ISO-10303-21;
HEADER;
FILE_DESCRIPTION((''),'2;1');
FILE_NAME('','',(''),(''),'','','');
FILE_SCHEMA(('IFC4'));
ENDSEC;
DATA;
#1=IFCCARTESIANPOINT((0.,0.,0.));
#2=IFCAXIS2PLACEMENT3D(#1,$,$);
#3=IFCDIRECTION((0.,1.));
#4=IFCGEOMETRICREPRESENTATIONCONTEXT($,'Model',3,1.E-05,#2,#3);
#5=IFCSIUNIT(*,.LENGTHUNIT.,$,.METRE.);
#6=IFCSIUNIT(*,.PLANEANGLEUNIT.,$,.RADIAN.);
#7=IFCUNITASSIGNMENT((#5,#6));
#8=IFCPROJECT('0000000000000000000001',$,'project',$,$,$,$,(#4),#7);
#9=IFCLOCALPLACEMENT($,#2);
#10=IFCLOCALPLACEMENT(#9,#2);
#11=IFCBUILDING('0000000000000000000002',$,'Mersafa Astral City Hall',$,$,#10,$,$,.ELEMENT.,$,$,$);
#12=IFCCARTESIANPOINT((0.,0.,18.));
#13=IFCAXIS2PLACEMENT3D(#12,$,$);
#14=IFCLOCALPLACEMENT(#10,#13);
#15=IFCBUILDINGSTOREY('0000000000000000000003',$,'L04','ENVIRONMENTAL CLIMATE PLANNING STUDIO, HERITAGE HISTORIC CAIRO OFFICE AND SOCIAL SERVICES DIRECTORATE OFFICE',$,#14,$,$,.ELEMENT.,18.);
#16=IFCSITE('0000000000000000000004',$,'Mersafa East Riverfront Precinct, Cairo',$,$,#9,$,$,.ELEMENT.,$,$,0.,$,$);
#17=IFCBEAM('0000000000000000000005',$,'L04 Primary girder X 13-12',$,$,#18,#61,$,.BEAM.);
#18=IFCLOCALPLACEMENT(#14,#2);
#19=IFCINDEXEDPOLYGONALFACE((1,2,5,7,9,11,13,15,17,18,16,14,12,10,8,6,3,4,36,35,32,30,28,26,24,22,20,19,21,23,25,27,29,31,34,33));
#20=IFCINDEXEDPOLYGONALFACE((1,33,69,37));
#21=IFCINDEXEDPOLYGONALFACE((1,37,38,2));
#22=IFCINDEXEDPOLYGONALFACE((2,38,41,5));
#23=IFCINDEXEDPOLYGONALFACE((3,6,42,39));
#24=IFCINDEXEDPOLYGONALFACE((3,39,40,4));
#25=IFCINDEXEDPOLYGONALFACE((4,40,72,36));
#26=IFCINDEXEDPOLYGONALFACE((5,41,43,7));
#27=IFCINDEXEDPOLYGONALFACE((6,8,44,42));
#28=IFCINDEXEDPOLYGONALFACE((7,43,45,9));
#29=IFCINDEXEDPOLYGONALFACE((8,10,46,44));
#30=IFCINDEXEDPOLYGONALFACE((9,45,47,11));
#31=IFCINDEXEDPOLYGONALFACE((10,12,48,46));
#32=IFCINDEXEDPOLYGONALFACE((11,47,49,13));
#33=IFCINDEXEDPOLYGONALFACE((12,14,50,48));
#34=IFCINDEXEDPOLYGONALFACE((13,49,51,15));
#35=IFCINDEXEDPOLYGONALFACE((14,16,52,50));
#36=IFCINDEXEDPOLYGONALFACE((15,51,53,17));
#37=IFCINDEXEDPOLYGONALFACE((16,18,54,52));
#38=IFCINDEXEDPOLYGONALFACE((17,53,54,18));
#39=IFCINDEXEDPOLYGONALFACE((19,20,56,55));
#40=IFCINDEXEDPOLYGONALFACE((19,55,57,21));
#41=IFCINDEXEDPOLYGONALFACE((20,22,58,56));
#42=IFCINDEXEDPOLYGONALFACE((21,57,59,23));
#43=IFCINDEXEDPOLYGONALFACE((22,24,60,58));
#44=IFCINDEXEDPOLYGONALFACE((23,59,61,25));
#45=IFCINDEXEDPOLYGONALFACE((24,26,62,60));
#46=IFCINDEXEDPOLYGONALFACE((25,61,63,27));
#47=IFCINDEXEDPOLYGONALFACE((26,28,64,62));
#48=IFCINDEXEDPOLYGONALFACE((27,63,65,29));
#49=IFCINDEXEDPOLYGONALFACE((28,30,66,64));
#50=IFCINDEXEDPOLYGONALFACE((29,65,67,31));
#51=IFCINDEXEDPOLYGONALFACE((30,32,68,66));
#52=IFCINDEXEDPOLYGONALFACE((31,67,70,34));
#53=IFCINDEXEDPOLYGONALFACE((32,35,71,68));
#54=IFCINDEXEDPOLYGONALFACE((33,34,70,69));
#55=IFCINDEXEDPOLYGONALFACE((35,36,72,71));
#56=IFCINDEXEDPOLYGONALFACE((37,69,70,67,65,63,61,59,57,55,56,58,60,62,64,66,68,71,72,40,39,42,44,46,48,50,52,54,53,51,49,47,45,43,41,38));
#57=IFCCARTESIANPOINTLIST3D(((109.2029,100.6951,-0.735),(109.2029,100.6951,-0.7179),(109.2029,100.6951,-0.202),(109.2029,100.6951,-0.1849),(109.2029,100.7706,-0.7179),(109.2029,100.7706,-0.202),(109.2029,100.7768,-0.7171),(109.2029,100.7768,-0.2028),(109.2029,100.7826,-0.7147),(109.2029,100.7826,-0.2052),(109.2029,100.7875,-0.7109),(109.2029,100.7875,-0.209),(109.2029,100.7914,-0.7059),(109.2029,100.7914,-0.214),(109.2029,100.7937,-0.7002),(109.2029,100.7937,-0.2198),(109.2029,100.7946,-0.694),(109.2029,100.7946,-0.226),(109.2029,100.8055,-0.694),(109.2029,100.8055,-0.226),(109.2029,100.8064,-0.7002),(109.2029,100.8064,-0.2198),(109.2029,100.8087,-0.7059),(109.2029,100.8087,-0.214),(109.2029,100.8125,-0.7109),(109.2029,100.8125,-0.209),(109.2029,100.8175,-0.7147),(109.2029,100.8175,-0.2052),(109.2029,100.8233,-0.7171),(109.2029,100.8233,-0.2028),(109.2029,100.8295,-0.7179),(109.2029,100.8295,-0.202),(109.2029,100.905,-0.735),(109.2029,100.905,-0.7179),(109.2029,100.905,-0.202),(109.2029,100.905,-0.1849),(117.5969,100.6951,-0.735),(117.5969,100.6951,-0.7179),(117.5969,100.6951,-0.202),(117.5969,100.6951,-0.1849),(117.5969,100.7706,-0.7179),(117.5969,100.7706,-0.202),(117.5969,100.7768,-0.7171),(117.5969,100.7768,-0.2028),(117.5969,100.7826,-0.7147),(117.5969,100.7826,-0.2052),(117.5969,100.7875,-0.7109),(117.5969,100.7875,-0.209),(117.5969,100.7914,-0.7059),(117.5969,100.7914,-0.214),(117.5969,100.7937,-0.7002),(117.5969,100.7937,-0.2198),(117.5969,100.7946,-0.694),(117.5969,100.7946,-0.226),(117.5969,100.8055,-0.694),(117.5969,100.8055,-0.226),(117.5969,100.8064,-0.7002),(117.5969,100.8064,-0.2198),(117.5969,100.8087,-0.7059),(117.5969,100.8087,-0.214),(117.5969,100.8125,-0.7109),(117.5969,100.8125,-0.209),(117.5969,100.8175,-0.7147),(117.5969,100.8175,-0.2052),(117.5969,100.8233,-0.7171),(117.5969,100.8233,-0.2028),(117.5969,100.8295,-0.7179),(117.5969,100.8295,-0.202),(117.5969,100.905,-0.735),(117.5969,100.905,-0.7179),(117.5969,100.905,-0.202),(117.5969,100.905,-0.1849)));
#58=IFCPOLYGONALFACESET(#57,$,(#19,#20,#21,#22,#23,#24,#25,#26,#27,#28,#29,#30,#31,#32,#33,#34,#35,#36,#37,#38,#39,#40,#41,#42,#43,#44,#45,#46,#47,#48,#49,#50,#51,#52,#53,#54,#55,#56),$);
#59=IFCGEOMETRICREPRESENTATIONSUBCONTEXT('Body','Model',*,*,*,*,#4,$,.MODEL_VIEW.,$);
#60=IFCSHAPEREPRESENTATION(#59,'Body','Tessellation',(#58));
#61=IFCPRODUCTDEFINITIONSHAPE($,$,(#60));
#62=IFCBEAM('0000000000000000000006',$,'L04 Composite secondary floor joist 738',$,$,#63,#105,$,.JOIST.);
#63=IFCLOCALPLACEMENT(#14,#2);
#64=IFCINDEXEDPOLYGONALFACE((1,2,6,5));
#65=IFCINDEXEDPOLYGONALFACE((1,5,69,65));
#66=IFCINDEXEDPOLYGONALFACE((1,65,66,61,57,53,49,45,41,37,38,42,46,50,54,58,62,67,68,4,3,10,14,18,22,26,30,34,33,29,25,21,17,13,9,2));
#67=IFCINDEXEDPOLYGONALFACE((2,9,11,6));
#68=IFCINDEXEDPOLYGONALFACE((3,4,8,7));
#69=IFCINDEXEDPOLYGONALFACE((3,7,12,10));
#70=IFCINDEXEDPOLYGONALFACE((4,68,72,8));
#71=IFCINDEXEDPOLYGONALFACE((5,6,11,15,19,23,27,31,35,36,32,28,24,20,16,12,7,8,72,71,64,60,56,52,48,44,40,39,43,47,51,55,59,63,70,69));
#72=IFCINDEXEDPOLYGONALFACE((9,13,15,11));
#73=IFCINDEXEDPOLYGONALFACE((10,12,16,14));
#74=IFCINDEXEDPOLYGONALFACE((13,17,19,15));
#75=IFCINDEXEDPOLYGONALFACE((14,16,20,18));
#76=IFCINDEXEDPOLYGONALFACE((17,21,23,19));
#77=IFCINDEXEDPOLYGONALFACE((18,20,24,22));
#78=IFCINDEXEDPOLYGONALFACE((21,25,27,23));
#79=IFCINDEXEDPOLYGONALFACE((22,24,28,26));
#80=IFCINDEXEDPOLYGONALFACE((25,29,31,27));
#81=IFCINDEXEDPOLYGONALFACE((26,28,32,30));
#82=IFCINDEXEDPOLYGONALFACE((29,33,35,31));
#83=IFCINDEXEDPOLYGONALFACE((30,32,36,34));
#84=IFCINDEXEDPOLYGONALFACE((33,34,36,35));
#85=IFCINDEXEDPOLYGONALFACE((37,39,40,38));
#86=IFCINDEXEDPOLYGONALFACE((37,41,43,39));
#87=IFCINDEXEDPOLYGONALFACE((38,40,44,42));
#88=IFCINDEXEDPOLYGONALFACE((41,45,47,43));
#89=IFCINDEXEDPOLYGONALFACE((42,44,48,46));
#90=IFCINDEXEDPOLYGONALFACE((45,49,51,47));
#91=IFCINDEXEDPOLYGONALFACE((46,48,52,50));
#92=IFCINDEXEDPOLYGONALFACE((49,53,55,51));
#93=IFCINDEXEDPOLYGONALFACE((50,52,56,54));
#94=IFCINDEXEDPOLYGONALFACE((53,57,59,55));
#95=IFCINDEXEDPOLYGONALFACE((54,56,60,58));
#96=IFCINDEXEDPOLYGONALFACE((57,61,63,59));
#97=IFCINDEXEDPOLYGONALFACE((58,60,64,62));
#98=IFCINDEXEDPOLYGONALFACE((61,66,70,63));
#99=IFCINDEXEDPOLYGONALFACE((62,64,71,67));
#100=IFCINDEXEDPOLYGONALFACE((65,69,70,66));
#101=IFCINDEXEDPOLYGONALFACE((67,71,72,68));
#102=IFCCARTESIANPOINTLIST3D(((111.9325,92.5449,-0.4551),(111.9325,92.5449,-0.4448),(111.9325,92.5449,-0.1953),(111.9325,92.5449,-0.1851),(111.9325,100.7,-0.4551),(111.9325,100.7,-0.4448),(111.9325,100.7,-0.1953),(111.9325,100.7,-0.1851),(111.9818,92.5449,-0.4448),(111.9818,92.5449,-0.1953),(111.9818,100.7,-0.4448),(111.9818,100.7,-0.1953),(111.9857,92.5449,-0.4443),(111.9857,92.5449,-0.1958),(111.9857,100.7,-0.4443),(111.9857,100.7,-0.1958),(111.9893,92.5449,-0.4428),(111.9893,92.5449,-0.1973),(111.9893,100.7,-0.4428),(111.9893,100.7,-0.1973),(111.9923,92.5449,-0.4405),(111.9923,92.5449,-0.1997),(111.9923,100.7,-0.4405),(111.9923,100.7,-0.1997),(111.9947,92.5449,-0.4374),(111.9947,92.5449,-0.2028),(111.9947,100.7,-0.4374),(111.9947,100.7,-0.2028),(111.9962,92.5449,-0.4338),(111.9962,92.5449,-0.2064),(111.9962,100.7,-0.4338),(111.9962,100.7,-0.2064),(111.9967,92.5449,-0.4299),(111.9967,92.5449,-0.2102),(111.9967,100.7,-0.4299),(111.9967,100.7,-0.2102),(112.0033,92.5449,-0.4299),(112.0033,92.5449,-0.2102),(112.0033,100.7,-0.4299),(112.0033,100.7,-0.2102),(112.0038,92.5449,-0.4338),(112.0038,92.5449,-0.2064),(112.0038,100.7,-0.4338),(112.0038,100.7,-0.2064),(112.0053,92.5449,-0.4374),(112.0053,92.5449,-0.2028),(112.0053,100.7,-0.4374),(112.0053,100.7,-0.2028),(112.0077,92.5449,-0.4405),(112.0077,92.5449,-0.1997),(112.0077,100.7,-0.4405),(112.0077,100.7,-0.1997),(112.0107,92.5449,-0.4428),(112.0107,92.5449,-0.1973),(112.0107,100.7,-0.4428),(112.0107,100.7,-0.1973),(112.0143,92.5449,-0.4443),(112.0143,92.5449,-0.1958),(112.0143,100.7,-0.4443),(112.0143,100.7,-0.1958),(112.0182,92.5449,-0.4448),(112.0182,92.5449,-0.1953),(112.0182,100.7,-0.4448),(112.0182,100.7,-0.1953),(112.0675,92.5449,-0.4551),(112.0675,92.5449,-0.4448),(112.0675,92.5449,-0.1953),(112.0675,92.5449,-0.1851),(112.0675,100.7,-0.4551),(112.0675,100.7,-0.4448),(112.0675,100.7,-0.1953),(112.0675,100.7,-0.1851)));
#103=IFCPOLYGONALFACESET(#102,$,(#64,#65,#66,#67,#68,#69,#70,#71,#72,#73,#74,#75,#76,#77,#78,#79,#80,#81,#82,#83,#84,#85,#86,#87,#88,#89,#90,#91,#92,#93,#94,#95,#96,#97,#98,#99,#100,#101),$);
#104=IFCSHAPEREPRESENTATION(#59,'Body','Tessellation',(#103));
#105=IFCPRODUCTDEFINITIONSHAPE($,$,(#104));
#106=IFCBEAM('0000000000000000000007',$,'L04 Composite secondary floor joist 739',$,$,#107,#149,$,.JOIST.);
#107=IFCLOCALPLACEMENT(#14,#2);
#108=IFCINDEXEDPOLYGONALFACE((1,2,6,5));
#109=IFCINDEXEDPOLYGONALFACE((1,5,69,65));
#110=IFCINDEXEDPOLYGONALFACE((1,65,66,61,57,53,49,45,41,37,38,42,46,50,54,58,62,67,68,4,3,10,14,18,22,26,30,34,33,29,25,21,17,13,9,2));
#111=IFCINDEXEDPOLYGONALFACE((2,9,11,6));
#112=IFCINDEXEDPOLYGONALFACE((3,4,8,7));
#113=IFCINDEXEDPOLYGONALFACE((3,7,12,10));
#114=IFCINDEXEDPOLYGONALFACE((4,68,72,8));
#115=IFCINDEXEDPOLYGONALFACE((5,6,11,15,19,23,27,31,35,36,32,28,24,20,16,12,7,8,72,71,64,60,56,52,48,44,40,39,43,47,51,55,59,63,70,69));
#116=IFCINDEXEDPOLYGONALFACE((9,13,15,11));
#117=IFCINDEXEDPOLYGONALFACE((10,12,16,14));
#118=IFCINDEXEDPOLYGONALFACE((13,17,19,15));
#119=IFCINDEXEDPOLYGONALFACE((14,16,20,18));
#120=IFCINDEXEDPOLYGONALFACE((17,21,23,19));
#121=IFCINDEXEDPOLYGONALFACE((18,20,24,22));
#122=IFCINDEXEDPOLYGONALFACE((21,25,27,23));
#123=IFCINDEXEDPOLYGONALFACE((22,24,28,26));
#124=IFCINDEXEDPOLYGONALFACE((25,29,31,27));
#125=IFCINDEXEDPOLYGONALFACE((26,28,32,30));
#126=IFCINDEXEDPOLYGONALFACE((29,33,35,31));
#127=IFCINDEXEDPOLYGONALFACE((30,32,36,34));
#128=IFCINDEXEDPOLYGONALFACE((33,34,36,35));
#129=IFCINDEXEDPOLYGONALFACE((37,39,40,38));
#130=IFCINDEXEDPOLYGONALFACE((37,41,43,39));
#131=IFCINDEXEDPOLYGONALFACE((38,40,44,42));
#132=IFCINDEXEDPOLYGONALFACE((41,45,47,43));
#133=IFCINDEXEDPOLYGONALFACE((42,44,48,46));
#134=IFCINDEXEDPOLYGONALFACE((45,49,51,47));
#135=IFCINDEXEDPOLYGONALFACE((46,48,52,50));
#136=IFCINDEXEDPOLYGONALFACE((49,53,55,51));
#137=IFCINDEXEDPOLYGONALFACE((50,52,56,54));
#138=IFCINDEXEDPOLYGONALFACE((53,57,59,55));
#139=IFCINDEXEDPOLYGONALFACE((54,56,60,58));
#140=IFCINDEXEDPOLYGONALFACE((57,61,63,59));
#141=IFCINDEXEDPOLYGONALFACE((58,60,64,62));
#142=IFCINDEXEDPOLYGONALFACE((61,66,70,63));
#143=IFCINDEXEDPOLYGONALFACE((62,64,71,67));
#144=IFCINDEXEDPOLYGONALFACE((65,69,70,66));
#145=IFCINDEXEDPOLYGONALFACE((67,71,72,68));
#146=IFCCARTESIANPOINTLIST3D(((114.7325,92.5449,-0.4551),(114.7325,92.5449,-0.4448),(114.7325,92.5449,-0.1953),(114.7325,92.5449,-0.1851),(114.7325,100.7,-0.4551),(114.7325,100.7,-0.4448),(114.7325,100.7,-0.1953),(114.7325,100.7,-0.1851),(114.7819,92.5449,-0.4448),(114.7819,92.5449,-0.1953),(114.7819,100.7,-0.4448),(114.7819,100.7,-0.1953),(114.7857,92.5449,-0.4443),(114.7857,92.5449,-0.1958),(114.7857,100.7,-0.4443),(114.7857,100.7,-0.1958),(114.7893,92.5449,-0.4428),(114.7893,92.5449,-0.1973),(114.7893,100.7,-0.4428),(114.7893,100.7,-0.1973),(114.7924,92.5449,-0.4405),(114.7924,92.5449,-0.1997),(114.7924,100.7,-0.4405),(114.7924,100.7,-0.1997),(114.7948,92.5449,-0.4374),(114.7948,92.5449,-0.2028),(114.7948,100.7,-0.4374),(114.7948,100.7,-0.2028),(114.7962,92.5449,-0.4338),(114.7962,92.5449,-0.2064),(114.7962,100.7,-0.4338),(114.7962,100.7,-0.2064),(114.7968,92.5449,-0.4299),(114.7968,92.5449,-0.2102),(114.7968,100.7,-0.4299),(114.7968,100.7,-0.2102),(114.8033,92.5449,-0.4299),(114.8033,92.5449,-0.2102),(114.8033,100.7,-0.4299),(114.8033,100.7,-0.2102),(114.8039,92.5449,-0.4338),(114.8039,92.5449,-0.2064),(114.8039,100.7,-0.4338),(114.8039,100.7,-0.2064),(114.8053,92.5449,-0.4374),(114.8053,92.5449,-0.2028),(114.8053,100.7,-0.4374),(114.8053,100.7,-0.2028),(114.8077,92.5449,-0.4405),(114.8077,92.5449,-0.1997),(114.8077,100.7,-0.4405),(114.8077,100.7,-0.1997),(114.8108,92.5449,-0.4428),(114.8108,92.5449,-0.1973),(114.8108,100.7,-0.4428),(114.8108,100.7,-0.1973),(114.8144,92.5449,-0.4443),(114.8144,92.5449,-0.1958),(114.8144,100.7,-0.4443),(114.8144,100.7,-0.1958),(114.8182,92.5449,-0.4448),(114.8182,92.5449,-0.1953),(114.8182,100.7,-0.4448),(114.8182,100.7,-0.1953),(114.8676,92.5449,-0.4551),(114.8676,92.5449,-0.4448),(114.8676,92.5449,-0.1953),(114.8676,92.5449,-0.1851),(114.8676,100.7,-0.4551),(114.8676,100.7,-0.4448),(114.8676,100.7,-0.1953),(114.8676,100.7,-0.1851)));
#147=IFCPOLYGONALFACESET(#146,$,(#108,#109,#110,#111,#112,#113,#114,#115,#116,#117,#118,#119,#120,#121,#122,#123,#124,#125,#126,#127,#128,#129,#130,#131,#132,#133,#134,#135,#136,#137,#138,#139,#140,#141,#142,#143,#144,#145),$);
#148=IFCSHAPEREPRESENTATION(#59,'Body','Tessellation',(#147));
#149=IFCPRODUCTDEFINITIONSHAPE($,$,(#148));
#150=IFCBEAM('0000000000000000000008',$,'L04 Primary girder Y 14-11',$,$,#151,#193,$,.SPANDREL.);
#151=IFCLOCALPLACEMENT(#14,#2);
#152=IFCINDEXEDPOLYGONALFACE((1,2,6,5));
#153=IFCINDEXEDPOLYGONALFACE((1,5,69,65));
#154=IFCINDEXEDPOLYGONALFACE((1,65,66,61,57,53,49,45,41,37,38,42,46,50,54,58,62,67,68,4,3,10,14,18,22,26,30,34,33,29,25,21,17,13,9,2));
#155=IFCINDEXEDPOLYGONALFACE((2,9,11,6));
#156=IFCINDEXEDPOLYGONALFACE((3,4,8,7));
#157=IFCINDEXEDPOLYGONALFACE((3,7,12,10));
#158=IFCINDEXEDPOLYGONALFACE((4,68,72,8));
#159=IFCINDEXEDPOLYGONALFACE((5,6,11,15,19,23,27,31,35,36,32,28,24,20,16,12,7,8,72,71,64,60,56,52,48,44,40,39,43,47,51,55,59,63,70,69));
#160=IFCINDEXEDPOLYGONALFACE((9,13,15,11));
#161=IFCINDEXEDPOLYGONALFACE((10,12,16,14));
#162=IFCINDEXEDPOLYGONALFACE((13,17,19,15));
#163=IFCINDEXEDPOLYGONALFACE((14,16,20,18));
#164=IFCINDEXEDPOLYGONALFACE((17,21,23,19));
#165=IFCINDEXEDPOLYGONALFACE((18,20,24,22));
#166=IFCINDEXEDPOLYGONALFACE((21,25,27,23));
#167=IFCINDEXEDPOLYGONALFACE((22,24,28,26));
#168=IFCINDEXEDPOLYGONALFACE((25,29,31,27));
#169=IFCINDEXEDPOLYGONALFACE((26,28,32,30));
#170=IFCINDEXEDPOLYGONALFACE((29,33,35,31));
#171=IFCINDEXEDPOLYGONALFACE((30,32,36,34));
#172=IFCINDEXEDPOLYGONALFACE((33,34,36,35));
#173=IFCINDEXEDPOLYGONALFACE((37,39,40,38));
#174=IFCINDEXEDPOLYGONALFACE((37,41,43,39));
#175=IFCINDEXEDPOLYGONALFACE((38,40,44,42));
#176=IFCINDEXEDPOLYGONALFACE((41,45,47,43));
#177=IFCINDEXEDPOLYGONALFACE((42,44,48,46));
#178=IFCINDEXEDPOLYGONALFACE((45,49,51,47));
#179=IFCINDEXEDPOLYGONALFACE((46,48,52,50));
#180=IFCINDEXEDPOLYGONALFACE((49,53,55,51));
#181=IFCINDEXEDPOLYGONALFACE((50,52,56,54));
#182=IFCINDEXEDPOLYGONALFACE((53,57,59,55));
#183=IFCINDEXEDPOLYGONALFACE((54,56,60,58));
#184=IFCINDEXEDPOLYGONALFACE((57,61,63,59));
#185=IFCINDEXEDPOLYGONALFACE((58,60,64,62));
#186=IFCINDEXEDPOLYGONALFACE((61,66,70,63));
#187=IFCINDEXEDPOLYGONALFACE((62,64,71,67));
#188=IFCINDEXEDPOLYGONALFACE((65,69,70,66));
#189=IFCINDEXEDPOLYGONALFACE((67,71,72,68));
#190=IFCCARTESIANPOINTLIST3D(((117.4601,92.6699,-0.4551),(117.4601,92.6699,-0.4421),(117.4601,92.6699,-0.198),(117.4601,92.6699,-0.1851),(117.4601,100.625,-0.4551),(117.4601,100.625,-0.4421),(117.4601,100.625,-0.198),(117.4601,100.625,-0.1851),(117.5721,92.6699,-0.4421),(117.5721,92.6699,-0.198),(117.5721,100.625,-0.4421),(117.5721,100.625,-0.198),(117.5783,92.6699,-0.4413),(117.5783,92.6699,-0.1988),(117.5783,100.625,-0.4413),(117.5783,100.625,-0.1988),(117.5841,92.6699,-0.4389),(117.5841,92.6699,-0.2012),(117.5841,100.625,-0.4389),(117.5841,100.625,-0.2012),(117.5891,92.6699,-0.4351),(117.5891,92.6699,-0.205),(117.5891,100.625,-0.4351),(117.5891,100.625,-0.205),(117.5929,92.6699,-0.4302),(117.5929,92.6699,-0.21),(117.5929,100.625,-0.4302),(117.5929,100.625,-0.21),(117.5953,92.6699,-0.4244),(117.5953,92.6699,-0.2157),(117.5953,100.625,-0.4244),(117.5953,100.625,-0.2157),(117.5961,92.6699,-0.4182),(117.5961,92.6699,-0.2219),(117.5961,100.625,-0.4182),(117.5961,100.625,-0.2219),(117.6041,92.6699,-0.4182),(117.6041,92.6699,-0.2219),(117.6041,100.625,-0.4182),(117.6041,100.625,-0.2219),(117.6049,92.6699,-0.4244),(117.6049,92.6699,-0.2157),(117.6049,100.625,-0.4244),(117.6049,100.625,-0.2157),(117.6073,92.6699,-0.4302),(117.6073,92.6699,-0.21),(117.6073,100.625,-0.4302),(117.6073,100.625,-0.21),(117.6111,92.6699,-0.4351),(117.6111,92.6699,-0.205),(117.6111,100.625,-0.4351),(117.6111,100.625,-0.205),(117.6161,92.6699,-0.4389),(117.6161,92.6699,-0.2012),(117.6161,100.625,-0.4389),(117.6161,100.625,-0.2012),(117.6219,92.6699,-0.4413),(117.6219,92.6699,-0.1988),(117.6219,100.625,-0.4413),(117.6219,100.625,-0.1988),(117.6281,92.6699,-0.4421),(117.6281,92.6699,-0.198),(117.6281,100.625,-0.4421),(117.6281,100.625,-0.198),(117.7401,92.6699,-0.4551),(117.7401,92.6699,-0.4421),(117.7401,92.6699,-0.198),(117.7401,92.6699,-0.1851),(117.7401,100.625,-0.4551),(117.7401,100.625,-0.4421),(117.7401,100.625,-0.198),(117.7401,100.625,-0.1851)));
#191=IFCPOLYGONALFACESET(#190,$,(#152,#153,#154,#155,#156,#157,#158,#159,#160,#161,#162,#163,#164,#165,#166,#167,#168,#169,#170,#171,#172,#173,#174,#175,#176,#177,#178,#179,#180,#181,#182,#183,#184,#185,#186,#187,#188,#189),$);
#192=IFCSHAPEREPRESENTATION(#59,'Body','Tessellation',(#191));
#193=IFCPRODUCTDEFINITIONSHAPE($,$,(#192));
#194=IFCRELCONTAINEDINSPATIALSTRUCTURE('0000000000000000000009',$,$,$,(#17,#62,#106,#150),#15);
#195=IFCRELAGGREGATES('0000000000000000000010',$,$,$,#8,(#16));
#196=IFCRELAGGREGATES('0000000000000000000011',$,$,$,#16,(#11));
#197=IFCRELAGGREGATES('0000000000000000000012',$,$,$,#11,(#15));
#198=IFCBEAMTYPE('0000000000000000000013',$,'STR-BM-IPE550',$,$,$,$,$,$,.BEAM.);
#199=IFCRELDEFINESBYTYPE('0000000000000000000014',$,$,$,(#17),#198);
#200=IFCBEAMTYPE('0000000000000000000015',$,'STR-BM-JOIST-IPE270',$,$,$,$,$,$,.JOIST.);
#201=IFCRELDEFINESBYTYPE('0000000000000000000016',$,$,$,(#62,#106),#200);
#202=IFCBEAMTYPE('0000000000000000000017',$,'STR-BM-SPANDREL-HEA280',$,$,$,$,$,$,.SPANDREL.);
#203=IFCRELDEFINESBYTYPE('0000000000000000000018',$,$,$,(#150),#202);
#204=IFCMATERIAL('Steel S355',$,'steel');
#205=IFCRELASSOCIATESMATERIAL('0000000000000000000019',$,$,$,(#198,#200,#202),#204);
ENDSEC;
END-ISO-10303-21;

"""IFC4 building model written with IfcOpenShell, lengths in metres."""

from ifc_helpers import new_model, si_unit, direction, frame, origin, origin_2d, place, context, subcontext, project, spatial, i_section, extrude, material, material_profile, profile_set, type_object, element, save


model = new_model("IFC4")

# Units and contexts
model_context = context("Model", 3, precision=1e-05, world=origin(), true_north=direction((0.0, 1.0)))
body_context = subcontext(model_context, "Body", "Model", "MODEL_VIEW")
ifc_project = project(units=[si_unit("LENGTHUNIT", "METRE"), si_unit("PLANEANGLEUNIT", "RADIAN")], contexts=[model_context])

# Site, building, storey
site_placement = place(None, origin())
site = spatial("IfcSite", under=ifc_project, at=site_placement, Name="Mersafa East Riverfront Precinct, Cairo", CompositionType="ELEMENT", RefElevation=0.0)
building_placement = place(site_placement, origin())
building = spatial("IfcBuilding", under=site, at=building_placement, Name="Mersafa Astral City Hall", CompositionType="ELEMENT")
storey_placement = place(building_placement, frame((0.0, 0.0, 18.0)))
storey = spatial("IfcBuildingStorey", under=building, at=storey_placement, Name="L04", Description="ENVIRONMENTAL CLIMATE PLANNING STUDIO, HERITAGE HISTORIC CAIRO OFFICE AND SOCIAL SERVICES DIRECTORATE OFFICE", CompositionType="ELEMENT", Elevation=18.0)

# Shared definitions
ifc_material_1 = material(Name="Steel S355", Category="steel")

# Beams
ifc_material_profile_1 = material_profile(ifc_material_1, i_section(OverallWidth=0.21, OverallDepth=0.55, WebThickness=0.011, FlangeThickness=0.0171, FilletRadius=0.0239, at=origin_2d()), Name="IPE 550")
ifc_profile_set_1 = profile_set([ifc_material_profile_1], Name="Steel S355")
beam_type_1 = type_object("IfcBeamType", Name="STR-BM-IPE550", PredefinedType="BEAM", material=ifc_profile_set_1)
beam_1_placement = place(storey_placement, frame((109.2029, 100.8, -0.46), z_axis=(1.0, 0.0, 0.0), x_axis=(0.0, 1.0, 0.0)))
element("IfcBeam", 1, at=beam_1_placement, inside=storey, type_object=beam_type_1, Name="L04 Primary girder X 13-12", PredefinedType="BEAM", context=body_context, shape_type="SweptSolid", body=[
    extrude(i_section(OverallWidth=0.21, OverallDepth=0.55, WebThickness=0.011, FlangeThickness=0.0171, FilletRadius=0.0239, at=origin_2d()), origin(), (0.0, 0.0, 1.0), 8.394),
])
ifc_material_profile_2 = material_profile(ifc_material_1, i_section(OverallWidth=0.135, OverallDepth=0.27, WebThickness=0.0066, FlangeThickness=0.0103, FilletRadius=0.0149, at=origin_2d()), Name="IPE 270")
ifc_profile_set_2 = profile_set([ifc_material_profile_2], Name="Steel S355")
beam_type_2 = type_object("IfcBeamType", Name="STR-BM-JOIST-IPE270", PredefinedType="JOIST", material=ifc_profile_set_2)
for number, where, z_axis, x_axis, name in (
    (2, (112.0, 92.5449, -0.3201), (0.0, 1.0, 0.0), (-1.0, 0.0, 0.0), "L04 Composite secondary floor joist 738"),
    (3, (114.8, 92.5449, -0.3201), (0.0, 1.0, 0.0), (-1.0, 0.0, 0.0), "L04 Composite secondary floor joist 739"),
):
    element("IfcBeam", number, at=place(storey_placement, frame(where, z_axis=z_axis, x_axis=x_axis)), inside=storey, type_object=beam_type_2, Name=name, PredefinedType="JOIST", context=body_context, shape_type="SweptSolid", body=[
        extrude(i_section(OverallWidth=0.135, OverallDepth=0.27, WebThickness=0.0066, FlangeThickness=0.0103, FilletRadius=0.0149, at=origin_2d()), origin(), (0.0, 0.0, 1.0), 8.155),
    ])
ifc_material_profile_3 = material_profile(ifc_material_1, i_section(OverallWidth=0.28, OverallDepth=0.27, WebThickness=0.0081, FlangeThickness=0.0129, FilletRadius=0.0239, at=origin_2d()), Name="HEA 280")
ifc_profile_set_3 = profile_set([ifc_material_profile_3], Name="Steel S355")
beam_type_3 = type_object("IfcBeamType", Name="STR-BM-SPANDREL-HEA280", PredefinedType="SPANDREL", material=ifc_profile_set_3)
beam_2_placement = place(storey_placement, frame((117.6001, 92.6699, -0.3201), z_axis=(0.0, 1.0, 0.0), x_axis=(-1.0, 0.0, 0.0)))
element("IfcBeam", 4, at=beam_2_placement, inside=storey, type_object=beam_type_3, Name="L04 Primary girder Y 14-11", PredefinedType="SPANDREL", context=body_context, shape_type="SweptSolid", body=[
    extrude(i_section(OverallWidth=0.28, OverallDepth=0.27, WebThickness=0.0081, FlangeThickness=0.0129, FilletRadius=0.0239, at=origin_2d()), origin(), (0.0, 0.0, 1.0), 7.9551),
])

save(model, "model.ifc")
